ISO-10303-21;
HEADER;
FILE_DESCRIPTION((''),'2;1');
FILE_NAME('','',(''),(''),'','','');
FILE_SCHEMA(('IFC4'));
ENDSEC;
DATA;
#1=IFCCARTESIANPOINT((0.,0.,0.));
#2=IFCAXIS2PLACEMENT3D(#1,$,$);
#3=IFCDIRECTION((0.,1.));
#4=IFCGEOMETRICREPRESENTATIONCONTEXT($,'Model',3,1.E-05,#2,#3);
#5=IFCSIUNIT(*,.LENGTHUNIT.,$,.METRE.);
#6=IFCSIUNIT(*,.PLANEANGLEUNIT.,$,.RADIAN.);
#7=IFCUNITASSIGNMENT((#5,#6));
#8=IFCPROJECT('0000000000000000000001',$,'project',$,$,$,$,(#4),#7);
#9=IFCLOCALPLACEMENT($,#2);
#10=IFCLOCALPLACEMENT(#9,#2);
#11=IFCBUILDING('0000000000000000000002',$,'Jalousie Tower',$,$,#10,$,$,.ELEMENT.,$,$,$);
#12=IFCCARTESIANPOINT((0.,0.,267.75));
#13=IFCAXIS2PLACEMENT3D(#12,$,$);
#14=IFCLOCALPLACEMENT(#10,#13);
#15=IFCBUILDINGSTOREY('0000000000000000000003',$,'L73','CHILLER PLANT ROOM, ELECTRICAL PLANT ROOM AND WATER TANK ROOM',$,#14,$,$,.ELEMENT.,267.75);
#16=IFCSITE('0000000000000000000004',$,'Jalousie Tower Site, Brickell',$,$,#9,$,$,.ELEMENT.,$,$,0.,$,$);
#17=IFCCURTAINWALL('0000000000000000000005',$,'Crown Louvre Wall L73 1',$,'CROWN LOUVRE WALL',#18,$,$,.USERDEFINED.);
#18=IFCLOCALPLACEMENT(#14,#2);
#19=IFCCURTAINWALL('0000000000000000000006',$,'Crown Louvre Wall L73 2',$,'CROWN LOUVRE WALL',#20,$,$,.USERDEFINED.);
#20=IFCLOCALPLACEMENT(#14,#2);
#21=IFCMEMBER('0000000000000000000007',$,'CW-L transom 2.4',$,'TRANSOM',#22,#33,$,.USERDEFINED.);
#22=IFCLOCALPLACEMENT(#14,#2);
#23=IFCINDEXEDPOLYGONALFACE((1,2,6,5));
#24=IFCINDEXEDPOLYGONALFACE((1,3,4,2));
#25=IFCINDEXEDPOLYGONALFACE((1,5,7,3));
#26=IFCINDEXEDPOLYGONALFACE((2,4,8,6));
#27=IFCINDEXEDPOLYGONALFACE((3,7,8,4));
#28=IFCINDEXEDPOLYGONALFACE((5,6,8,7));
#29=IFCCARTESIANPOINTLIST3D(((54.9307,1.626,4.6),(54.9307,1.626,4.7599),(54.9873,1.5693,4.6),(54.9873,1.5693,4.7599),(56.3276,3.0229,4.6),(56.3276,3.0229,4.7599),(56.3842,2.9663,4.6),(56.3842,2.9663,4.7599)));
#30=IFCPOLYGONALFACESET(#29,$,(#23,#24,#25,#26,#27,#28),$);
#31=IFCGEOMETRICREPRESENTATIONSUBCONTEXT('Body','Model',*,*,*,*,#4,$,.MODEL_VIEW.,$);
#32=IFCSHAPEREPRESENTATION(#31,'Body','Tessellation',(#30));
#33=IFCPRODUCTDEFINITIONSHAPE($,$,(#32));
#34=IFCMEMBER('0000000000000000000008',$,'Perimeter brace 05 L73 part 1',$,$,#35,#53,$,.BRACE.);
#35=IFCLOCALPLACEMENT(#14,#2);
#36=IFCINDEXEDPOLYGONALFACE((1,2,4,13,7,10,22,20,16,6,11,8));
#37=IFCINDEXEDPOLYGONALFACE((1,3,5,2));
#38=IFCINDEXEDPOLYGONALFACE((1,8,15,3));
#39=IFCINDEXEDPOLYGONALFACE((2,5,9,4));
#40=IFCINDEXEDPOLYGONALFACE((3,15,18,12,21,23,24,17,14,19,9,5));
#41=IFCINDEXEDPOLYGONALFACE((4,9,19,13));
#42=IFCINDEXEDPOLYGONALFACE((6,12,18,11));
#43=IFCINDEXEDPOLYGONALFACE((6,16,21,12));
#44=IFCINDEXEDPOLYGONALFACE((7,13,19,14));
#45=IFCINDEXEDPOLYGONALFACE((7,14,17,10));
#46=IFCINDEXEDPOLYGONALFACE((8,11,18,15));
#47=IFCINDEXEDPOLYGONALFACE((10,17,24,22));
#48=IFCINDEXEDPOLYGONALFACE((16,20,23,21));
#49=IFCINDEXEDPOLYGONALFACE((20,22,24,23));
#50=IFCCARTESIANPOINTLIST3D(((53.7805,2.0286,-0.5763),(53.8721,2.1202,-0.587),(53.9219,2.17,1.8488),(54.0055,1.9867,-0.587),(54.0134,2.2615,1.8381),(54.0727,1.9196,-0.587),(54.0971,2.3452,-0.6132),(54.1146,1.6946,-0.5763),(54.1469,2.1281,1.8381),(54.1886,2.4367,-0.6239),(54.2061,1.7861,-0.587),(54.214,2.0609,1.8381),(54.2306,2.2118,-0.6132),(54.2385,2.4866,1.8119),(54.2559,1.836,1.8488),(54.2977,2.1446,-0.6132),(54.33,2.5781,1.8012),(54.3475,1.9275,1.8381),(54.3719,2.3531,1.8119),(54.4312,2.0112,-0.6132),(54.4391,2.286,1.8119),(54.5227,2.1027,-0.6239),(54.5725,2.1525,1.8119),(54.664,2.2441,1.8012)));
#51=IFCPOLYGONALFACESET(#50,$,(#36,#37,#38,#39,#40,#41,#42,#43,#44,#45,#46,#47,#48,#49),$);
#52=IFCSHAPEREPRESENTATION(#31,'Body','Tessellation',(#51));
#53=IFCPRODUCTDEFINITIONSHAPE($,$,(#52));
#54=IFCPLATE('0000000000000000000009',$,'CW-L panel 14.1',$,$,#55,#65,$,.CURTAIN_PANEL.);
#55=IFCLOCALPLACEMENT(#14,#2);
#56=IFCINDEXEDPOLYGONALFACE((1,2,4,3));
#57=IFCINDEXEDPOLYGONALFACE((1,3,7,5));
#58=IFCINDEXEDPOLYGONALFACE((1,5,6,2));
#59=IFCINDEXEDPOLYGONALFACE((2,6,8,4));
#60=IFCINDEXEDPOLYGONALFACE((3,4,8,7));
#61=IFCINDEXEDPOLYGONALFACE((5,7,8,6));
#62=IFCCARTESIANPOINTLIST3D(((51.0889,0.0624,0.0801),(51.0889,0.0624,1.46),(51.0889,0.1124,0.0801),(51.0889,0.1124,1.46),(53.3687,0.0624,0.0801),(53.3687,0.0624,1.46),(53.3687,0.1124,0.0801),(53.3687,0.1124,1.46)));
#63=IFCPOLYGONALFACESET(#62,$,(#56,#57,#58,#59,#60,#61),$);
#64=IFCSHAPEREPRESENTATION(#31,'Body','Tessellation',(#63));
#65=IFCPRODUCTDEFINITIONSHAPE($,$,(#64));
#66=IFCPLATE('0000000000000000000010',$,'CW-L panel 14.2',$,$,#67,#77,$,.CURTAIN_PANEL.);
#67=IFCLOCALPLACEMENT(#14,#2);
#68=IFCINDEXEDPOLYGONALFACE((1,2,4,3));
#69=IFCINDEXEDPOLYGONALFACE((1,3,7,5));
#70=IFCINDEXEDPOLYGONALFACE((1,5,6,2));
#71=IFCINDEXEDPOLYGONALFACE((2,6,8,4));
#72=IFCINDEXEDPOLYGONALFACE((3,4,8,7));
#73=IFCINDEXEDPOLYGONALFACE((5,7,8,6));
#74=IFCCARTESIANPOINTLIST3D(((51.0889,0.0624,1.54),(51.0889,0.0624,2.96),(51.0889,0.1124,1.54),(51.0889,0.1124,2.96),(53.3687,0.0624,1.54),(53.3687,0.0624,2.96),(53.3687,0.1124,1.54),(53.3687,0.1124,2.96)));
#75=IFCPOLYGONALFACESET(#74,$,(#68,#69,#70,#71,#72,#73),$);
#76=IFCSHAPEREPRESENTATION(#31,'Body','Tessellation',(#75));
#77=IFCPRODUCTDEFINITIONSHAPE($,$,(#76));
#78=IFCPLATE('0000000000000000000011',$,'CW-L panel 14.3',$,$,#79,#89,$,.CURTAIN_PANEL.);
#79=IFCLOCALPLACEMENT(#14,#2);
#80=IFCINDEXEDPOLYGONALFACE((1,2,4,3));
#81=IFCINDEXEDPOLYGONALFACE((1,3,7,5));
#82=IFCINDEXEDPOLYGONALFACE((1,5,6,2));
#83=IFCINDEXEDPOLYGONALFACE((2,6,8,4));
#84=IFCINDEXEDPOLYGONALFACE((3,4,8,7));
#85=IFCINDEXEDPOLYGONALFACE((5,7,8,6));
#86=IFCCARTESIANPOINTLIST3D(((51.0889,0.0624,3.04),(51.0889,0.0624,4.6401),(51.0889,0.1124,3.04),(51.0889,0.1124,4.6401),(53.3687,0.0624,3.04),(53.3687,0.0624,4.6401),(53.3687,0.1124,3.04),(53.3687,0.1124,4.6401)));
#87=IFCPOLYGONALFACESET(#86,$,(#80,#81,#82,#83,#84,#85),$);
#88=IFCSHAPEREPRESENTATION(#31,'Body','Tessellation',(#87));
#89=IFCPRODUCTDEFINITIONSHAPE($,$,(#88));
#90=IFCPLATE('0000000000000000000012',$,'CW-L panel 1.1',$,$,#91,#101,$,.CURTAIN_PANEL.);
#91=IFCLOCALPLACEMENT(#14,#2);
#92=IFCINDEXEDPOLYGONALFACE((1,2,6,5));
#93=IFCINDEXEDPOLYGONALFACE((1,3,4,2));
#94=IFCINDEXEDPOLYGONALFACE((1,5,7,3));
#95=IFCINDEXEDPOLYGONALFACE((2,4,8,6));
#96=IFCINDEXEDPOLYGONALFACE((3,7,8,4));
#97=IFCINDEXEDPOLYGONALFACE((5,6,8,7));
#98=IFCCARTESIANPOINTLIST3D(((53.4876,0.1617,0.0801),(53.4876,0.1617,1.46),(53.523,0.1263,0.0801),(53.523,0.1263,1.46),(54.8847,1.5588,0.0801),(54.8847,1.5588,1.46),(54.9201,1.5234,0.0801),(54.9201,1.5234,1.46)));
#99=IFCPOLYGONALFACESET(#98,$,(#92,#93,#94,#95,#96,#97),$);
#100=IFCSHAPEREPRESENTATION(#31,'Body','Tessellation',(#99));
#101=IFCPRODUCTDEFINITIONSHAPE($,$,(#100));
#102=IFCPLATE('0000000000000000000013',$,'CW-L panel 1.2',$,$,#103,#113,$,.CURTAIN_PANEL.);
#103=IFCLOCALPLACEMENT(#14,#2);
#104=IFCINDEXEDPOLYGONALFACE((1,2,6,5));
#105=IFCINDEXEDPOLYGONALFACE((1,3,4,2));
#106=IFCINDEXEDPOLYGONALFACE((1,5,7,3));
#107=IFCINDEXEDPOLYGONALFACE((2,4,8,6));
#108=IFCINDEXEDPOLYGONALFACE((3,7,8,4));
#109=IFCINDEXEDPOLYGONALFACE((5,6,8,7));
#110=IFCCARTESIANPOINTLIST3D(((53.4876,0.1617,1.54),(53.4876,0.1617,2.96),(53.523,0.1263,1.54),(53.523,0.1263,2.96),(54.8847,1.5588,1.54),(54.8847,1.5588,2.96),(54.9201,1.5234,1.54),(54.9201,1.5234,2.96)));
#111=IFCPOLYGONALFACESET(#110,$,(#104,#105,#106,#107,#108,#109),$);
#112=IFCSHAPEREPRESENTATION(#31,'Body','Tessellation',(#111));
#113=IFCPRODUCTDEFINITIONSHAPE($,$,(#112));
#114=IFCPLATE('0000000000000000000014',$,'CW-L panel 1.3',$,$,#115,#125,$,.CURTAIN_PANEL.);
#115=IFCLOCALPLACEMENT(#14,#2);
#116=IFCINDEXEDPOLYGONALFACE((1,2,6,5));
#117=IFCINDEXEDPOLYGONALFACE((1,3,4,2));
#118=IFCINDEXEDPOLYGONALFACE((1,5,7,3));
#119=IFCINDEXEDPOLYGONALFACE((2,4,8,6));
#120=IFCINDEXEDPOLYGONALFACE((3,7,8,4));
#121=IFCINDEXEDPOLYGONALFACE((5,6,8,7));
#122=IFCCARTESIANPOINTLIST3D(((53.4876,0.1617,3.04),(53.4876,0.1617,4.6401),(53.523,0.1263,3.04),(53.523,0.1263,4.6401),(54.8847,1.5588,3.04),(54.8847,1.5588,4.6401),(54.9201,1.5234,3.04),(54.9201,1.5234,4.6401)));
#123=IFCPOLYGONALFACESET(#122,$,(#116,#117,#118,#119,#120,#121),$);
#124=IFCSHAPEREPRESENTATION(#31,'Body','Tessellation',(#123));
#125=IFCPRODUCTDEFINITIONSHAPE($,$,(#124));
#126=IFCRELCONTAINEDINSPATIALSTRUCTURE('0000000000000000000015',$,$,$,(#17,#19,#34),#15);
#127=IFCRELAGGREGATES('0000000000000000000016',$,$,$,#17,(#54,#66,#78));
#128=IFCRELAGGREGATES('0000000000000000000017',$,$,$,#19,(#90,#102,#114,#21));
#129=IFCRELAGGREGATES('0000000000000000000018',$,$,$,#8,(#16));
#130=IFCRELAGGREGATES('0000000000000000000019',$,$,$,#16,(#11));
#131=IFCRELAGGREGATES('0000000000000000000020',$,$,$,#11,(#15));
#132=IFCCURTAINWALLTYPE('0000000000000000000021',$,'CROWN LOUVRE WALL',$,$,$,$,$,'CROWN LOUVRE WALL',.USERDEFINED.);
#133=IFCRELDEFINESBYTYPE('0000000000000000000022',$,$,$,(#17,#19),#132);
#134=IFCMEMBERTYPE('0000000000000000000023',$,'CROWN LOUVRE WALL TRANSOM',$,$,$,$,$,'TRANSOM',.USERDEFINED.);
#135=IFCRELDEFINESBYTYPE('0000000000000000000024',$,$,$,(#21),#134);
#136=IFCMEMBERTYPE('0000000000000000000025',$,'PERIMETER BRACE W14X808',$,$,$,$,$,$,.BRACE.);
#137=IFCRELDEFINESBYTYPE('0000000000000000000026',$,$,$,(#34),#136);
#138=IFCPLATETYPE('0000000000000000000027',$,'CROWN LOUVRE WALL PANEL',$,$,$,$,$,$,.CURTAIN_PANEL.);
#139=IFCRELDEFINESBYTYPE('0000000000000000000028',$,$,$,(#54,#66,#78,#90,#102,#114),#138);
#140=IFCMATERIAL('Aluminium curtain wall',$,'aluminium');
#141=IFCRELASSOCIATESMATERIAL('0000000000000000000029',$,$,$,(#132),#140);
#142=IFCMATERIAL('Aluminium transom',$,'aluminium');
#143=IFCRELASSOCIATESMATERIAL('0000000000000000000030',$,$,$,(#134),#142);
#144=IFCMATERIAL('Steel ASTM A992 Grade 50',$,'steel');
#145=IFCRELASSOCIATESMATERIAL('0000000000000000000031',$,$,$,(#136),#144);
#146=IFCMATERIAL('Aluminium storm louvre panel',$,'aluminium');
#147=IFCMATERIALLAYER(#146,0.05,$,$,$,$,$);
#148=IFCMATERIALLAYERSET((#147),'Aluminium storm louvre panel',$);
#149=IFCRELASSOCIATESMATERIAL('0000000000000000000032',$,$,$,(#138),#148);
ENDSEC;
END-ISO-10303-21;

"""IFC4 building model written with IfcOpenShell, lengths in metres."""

from ifc_helpers import new_model, si_unit, direction, frame, origin, origin_2d, place, context, subcontext, project, spatial, rectangle, i_section, extrude, material, layer, layer_set, material_profile, profile_set, type_object, element, aggregate, save


model = new_model("IFC4")

# Units and contexts
model_context = context("Model", 3, precision=1e-05, world=origin(), true_north=direction((0.0, 1.0)))
body_context = subcontext(model_context, "Body", "Model", "MODEL_VIEW")
ifc_project = project(units=[si_unit("LENGTHUNIT", "METRE"), si_unit("PLANEANGLEUNIT", "RADIAN")], contexts=[model_context])

# Site, building, storey
site_placement = place(None, origin())
site = spatial("IfcSite", under=ifc_project, at=site_placement, Name="Jalousie Tower Site, Brickell", CompositionType="ELEMENT", RefElevation=0.0)
building_placement = place(site_placement, origin())
building = spatial("IfcBuilding", under=site, at=building_placement, Name="Jalousie Tower", CompositionType="ELEMENT")
storey_placement = place(building_placement, frame((0.0, 0.0, 267.75)))
storey = spatial("IfcBuildingStorey", under=building, at=storey_placement, Name="L73", Description="CHILLER PLANT ROOM, ELECTRICAL PLANT ROOM AND WATER TANK ROOM", CompositionType="ELEMENT", Elevation=267.75)

# Curtain wall
ifc_material_1 = material(Name="Aluminium curtain wall", Category="aluminium")
curtain_wall_type = type_object("IfcCurtainWallType", Name="CROWN LOUVRE WALL", ElementType="CROWN LOUVRE WALL", PredefinedType="USERDEFINED", material=ifc_material_1)
curtain_wall_1_placement = place(storey_placement, origin())
curtain_wall_1 = element("IfcCurtainWall", 1, at=curtain_wall_1_placement, inside=storey, type_object=curtain_wall_type, Name="Crown Louvre Wall L73 1", ObjectType="CROWN LOUVRE WALL", PredefinedType="USERDEFINED")

# Curtain wall
curtain_wall_2_placement = place(storey_placement, origin())
curtain_wall_2 = element("IfcCurtainWall", 2, at=curtain_wall_2_placement, inside=storey, type_object=curtain_wall_type, Name="Crown Louvre Wall L73 2", ObjectType="CROWN LOUVRE WALL", PredefinedType="USERDEFINED")

# Members
ifc_material_2 = material(Name="Aluminium transom", Category="aluminium")
ifc_material_profile_1 = material_profile(ifc_material_2, rectangle(XDim=0.0801, YDim=0.1599, at=origin_2d()), Name="TRANSOM 80x160")
ifc_profile_set_1 = profile_set([ifc_material_profile_1], Name="Aluminium transom")
member_type_1 = type_object("IfcMemberType", Name="CROWN LOUVRE WALL TRANSOM", ElementType="TRANSOM", PredefinedType="USERDEFINED", material=ifc_profile_set_1)
member_1_placement = place(storey_placement, frame((54.959, 1.5977, 4.6799), z_axis=(0.707107, 0.707107, 0.0), x_axis=(-0.707107, 0.707107, 0.0)))
member_1 = element("IfcMember", 3, at=member_1_placement, type_object=member_type_1, Name="CW-L transom 2.4", ObjectType="TRANSOM", PredefinedType="USERDEFINED", context=body_context, shape_type="SweptSolid", body=[
    extrude(rectangle(XDim=0.0801, YDim=0.1599, at=origin_2d()), origin(), (0.0, 0.0, 1.0), 1.9756),
])
ifc_material_3 = material(Name="Steel ASTM A992 Grade 50", Category="steel")
ifc_material_profile_2 = material_profile(ifc_material_3, i_section(OverallWidth=0.4724, OverallDepth=0.5791, WebThickness=0.095, FlangeThickness=0.1299, at=origin_2d()), Name="W14X808")
ifc_profile_set_2 = profile_set([ifc_material_profile_2], Name="Steel ASTM A992 Grade 50")
member_type_2 = type_object("IfcMemberType", Name="PERIMETER BRACE W14X808", PredefinedType="BRACE", material=ifc_profile_set_2)
member_2_placement = place(storey_placement, frame((54.1516, 2.0657, -0.6001), z_axis=(0.058093, 0.058093, 0.996619), x_axis=(-0.707107, 0.707107, 0.0)))
element("IfcMember", 4, at=member_2_placement, inside=storey, type_object=member_type_2, Name="Perimeter brace 05 L73 part 1", PredefinedType="BRACE", context=body_context, shape_type="SweptSolid", body=[
    extrude(i_section(OverallWidth=0.4724, OverallDepth=0.5791, WebThickness=0.095, FlangeThickness=0.1299, at=origin_2d()), origin(), (0.0, 0.0, 1.0), 2.4333),
])

# Plates
ifc_material_4 = material(Name="Aluminium storm louvre panel", Category="aluminium")
ifc_layer = layer(ifc_material_4, 0.05)
ifc_layer_set = layer_set([ifc_layer], Name="Aluminium storm louvre panel")
plate_type = type_object("IfcPlateType", Name="CROWN LOUVRE WALL PANEL", PredefinedType="CURTAIN_PANEL", material=ifc_layer_set)
plate_1_placement = place(storey_placement, frame((52.2288, 0.0874, 0.0801), z_axis=(0.0, 0.0, 1.0), x_axis=(1.0, 0.0, 0.0)))
plate_1 = element("IfcPlate", 5, at=plate_1_placement, type_object=plate_type, Name="CW-L panel 14.1", PredefinedType="CURTAIN_PANEL", context=body_context, shape_type="SweptSolid", body=[
    extrude(rectangle(XDim=2.2798, YDim=0.05, at=origin_2d()), origin(), (0.0, 0.0, 1.0), 1.3799),
])
plate_2_placement = place(storey_placement, frame((52.2288, 0.0874, 1.54), z_axis=(0.0, 0.0, 1.0), x_axis=(1.0, 0.0, 0.0)))
plate_2 = element("IfcPlate", 6, at=plate_2_placement, type_object=plate_type, Name="CW-L panel 14.2", PredefinedType="CURTAIN_PANEL", context=body_context, shape_type="SweptSolid", body=[
    extrude(rectangle(XDim=2.2798, YDim=0.05, at=origin_2d()), origin(), (0.0, 0.0, 1.0), 1.4199),
])
plate_3_placement = place(storey_placement, frame((52.2288, 0.0874, 3.04), z_axis=(0.0, 0.0, 1.0), x_axis=(1.0, 0.0, 0.0)))
plate_3 = element("IfcPlate", 7, at=plate_3_placement, type_object=plate_type, Name="CW-L panel 14.3", PredefinedType="CURTAIN_PANEL", context=body_context, shape_type="SweptSolid", body=[
    extrude(rectangle(XDim=2.2798, YDim=0.05, at=origin_2d()), origin(), (0.0, 0.0, 1.0), 1.6001),
])
aggregate(curtain_wall_1, [plate_1, plate_2, plate_3])
plate_4_placement = place(storey_placement, frame((54.2039, 0.8425, 0.0801), z_axis=(0.0, 0.0, 1.0), x_axis=(0.707107, 0.707107, 0.0)))
plate_4 = element("IfcPlate", 8, at=plate_4_placement, type_object=plate_type, Name="CW-L panel 1.1", PredefinedType="CURTAIN_PANEL", context=body_context, shape_type="SweptSolid", body=[
    extrude(rectangle(XDim=1.9758, YDim=0.05, at=origin_2d()), origin(), (0.0, 0.0, 1.0), 1.3799),
])
plate_5_placement = place(storey_placement, frame((54.2039, 0.8425, 1.54), z_axis=(0.0, 0.0, 1.0), x_axis=(0.707107, 0.707107, 0.0)))
plate_5 = element("IfcPlate", 9, at=plate_5_placement, type_object=plate_type, Name="CW-L panel 1.2", PredefinedType="CURTAIN_PANEL", context=body_context, shape_type="SweptSolid", body=[
    extrude(rectangle(XDim=1.9758, YDim=0.05, at=origin_2d()), origin(), (0.0, 0.0, 1.0), 1.4199),
])
plate_6_placement = place(storey_placement, frame((54.2039, 0.8425, 3.04), z_axis=(0.0, 0.0, 1.0), x_axis=(0.707107, 0.707107, 0.0)))
plate_6 = element("IfcPlate", 10, at=plate_6_placement, type_object=plate_type, Name="CW-L panel 1.3", PredefinedType="CURTAIN_PANEL", context=body_context, shape_type="SweptSolid", body=[
    extrude(rectangle(XDim=1.9758, YDim=0.05, at=origin_2d()), origin(), (0.0, 0.0, 1.0), 1.6001),
])
aggregate(curtain_wall_2, [plate_4, plate_5, plate_6, member_1])

save(model, "model.ifc")
